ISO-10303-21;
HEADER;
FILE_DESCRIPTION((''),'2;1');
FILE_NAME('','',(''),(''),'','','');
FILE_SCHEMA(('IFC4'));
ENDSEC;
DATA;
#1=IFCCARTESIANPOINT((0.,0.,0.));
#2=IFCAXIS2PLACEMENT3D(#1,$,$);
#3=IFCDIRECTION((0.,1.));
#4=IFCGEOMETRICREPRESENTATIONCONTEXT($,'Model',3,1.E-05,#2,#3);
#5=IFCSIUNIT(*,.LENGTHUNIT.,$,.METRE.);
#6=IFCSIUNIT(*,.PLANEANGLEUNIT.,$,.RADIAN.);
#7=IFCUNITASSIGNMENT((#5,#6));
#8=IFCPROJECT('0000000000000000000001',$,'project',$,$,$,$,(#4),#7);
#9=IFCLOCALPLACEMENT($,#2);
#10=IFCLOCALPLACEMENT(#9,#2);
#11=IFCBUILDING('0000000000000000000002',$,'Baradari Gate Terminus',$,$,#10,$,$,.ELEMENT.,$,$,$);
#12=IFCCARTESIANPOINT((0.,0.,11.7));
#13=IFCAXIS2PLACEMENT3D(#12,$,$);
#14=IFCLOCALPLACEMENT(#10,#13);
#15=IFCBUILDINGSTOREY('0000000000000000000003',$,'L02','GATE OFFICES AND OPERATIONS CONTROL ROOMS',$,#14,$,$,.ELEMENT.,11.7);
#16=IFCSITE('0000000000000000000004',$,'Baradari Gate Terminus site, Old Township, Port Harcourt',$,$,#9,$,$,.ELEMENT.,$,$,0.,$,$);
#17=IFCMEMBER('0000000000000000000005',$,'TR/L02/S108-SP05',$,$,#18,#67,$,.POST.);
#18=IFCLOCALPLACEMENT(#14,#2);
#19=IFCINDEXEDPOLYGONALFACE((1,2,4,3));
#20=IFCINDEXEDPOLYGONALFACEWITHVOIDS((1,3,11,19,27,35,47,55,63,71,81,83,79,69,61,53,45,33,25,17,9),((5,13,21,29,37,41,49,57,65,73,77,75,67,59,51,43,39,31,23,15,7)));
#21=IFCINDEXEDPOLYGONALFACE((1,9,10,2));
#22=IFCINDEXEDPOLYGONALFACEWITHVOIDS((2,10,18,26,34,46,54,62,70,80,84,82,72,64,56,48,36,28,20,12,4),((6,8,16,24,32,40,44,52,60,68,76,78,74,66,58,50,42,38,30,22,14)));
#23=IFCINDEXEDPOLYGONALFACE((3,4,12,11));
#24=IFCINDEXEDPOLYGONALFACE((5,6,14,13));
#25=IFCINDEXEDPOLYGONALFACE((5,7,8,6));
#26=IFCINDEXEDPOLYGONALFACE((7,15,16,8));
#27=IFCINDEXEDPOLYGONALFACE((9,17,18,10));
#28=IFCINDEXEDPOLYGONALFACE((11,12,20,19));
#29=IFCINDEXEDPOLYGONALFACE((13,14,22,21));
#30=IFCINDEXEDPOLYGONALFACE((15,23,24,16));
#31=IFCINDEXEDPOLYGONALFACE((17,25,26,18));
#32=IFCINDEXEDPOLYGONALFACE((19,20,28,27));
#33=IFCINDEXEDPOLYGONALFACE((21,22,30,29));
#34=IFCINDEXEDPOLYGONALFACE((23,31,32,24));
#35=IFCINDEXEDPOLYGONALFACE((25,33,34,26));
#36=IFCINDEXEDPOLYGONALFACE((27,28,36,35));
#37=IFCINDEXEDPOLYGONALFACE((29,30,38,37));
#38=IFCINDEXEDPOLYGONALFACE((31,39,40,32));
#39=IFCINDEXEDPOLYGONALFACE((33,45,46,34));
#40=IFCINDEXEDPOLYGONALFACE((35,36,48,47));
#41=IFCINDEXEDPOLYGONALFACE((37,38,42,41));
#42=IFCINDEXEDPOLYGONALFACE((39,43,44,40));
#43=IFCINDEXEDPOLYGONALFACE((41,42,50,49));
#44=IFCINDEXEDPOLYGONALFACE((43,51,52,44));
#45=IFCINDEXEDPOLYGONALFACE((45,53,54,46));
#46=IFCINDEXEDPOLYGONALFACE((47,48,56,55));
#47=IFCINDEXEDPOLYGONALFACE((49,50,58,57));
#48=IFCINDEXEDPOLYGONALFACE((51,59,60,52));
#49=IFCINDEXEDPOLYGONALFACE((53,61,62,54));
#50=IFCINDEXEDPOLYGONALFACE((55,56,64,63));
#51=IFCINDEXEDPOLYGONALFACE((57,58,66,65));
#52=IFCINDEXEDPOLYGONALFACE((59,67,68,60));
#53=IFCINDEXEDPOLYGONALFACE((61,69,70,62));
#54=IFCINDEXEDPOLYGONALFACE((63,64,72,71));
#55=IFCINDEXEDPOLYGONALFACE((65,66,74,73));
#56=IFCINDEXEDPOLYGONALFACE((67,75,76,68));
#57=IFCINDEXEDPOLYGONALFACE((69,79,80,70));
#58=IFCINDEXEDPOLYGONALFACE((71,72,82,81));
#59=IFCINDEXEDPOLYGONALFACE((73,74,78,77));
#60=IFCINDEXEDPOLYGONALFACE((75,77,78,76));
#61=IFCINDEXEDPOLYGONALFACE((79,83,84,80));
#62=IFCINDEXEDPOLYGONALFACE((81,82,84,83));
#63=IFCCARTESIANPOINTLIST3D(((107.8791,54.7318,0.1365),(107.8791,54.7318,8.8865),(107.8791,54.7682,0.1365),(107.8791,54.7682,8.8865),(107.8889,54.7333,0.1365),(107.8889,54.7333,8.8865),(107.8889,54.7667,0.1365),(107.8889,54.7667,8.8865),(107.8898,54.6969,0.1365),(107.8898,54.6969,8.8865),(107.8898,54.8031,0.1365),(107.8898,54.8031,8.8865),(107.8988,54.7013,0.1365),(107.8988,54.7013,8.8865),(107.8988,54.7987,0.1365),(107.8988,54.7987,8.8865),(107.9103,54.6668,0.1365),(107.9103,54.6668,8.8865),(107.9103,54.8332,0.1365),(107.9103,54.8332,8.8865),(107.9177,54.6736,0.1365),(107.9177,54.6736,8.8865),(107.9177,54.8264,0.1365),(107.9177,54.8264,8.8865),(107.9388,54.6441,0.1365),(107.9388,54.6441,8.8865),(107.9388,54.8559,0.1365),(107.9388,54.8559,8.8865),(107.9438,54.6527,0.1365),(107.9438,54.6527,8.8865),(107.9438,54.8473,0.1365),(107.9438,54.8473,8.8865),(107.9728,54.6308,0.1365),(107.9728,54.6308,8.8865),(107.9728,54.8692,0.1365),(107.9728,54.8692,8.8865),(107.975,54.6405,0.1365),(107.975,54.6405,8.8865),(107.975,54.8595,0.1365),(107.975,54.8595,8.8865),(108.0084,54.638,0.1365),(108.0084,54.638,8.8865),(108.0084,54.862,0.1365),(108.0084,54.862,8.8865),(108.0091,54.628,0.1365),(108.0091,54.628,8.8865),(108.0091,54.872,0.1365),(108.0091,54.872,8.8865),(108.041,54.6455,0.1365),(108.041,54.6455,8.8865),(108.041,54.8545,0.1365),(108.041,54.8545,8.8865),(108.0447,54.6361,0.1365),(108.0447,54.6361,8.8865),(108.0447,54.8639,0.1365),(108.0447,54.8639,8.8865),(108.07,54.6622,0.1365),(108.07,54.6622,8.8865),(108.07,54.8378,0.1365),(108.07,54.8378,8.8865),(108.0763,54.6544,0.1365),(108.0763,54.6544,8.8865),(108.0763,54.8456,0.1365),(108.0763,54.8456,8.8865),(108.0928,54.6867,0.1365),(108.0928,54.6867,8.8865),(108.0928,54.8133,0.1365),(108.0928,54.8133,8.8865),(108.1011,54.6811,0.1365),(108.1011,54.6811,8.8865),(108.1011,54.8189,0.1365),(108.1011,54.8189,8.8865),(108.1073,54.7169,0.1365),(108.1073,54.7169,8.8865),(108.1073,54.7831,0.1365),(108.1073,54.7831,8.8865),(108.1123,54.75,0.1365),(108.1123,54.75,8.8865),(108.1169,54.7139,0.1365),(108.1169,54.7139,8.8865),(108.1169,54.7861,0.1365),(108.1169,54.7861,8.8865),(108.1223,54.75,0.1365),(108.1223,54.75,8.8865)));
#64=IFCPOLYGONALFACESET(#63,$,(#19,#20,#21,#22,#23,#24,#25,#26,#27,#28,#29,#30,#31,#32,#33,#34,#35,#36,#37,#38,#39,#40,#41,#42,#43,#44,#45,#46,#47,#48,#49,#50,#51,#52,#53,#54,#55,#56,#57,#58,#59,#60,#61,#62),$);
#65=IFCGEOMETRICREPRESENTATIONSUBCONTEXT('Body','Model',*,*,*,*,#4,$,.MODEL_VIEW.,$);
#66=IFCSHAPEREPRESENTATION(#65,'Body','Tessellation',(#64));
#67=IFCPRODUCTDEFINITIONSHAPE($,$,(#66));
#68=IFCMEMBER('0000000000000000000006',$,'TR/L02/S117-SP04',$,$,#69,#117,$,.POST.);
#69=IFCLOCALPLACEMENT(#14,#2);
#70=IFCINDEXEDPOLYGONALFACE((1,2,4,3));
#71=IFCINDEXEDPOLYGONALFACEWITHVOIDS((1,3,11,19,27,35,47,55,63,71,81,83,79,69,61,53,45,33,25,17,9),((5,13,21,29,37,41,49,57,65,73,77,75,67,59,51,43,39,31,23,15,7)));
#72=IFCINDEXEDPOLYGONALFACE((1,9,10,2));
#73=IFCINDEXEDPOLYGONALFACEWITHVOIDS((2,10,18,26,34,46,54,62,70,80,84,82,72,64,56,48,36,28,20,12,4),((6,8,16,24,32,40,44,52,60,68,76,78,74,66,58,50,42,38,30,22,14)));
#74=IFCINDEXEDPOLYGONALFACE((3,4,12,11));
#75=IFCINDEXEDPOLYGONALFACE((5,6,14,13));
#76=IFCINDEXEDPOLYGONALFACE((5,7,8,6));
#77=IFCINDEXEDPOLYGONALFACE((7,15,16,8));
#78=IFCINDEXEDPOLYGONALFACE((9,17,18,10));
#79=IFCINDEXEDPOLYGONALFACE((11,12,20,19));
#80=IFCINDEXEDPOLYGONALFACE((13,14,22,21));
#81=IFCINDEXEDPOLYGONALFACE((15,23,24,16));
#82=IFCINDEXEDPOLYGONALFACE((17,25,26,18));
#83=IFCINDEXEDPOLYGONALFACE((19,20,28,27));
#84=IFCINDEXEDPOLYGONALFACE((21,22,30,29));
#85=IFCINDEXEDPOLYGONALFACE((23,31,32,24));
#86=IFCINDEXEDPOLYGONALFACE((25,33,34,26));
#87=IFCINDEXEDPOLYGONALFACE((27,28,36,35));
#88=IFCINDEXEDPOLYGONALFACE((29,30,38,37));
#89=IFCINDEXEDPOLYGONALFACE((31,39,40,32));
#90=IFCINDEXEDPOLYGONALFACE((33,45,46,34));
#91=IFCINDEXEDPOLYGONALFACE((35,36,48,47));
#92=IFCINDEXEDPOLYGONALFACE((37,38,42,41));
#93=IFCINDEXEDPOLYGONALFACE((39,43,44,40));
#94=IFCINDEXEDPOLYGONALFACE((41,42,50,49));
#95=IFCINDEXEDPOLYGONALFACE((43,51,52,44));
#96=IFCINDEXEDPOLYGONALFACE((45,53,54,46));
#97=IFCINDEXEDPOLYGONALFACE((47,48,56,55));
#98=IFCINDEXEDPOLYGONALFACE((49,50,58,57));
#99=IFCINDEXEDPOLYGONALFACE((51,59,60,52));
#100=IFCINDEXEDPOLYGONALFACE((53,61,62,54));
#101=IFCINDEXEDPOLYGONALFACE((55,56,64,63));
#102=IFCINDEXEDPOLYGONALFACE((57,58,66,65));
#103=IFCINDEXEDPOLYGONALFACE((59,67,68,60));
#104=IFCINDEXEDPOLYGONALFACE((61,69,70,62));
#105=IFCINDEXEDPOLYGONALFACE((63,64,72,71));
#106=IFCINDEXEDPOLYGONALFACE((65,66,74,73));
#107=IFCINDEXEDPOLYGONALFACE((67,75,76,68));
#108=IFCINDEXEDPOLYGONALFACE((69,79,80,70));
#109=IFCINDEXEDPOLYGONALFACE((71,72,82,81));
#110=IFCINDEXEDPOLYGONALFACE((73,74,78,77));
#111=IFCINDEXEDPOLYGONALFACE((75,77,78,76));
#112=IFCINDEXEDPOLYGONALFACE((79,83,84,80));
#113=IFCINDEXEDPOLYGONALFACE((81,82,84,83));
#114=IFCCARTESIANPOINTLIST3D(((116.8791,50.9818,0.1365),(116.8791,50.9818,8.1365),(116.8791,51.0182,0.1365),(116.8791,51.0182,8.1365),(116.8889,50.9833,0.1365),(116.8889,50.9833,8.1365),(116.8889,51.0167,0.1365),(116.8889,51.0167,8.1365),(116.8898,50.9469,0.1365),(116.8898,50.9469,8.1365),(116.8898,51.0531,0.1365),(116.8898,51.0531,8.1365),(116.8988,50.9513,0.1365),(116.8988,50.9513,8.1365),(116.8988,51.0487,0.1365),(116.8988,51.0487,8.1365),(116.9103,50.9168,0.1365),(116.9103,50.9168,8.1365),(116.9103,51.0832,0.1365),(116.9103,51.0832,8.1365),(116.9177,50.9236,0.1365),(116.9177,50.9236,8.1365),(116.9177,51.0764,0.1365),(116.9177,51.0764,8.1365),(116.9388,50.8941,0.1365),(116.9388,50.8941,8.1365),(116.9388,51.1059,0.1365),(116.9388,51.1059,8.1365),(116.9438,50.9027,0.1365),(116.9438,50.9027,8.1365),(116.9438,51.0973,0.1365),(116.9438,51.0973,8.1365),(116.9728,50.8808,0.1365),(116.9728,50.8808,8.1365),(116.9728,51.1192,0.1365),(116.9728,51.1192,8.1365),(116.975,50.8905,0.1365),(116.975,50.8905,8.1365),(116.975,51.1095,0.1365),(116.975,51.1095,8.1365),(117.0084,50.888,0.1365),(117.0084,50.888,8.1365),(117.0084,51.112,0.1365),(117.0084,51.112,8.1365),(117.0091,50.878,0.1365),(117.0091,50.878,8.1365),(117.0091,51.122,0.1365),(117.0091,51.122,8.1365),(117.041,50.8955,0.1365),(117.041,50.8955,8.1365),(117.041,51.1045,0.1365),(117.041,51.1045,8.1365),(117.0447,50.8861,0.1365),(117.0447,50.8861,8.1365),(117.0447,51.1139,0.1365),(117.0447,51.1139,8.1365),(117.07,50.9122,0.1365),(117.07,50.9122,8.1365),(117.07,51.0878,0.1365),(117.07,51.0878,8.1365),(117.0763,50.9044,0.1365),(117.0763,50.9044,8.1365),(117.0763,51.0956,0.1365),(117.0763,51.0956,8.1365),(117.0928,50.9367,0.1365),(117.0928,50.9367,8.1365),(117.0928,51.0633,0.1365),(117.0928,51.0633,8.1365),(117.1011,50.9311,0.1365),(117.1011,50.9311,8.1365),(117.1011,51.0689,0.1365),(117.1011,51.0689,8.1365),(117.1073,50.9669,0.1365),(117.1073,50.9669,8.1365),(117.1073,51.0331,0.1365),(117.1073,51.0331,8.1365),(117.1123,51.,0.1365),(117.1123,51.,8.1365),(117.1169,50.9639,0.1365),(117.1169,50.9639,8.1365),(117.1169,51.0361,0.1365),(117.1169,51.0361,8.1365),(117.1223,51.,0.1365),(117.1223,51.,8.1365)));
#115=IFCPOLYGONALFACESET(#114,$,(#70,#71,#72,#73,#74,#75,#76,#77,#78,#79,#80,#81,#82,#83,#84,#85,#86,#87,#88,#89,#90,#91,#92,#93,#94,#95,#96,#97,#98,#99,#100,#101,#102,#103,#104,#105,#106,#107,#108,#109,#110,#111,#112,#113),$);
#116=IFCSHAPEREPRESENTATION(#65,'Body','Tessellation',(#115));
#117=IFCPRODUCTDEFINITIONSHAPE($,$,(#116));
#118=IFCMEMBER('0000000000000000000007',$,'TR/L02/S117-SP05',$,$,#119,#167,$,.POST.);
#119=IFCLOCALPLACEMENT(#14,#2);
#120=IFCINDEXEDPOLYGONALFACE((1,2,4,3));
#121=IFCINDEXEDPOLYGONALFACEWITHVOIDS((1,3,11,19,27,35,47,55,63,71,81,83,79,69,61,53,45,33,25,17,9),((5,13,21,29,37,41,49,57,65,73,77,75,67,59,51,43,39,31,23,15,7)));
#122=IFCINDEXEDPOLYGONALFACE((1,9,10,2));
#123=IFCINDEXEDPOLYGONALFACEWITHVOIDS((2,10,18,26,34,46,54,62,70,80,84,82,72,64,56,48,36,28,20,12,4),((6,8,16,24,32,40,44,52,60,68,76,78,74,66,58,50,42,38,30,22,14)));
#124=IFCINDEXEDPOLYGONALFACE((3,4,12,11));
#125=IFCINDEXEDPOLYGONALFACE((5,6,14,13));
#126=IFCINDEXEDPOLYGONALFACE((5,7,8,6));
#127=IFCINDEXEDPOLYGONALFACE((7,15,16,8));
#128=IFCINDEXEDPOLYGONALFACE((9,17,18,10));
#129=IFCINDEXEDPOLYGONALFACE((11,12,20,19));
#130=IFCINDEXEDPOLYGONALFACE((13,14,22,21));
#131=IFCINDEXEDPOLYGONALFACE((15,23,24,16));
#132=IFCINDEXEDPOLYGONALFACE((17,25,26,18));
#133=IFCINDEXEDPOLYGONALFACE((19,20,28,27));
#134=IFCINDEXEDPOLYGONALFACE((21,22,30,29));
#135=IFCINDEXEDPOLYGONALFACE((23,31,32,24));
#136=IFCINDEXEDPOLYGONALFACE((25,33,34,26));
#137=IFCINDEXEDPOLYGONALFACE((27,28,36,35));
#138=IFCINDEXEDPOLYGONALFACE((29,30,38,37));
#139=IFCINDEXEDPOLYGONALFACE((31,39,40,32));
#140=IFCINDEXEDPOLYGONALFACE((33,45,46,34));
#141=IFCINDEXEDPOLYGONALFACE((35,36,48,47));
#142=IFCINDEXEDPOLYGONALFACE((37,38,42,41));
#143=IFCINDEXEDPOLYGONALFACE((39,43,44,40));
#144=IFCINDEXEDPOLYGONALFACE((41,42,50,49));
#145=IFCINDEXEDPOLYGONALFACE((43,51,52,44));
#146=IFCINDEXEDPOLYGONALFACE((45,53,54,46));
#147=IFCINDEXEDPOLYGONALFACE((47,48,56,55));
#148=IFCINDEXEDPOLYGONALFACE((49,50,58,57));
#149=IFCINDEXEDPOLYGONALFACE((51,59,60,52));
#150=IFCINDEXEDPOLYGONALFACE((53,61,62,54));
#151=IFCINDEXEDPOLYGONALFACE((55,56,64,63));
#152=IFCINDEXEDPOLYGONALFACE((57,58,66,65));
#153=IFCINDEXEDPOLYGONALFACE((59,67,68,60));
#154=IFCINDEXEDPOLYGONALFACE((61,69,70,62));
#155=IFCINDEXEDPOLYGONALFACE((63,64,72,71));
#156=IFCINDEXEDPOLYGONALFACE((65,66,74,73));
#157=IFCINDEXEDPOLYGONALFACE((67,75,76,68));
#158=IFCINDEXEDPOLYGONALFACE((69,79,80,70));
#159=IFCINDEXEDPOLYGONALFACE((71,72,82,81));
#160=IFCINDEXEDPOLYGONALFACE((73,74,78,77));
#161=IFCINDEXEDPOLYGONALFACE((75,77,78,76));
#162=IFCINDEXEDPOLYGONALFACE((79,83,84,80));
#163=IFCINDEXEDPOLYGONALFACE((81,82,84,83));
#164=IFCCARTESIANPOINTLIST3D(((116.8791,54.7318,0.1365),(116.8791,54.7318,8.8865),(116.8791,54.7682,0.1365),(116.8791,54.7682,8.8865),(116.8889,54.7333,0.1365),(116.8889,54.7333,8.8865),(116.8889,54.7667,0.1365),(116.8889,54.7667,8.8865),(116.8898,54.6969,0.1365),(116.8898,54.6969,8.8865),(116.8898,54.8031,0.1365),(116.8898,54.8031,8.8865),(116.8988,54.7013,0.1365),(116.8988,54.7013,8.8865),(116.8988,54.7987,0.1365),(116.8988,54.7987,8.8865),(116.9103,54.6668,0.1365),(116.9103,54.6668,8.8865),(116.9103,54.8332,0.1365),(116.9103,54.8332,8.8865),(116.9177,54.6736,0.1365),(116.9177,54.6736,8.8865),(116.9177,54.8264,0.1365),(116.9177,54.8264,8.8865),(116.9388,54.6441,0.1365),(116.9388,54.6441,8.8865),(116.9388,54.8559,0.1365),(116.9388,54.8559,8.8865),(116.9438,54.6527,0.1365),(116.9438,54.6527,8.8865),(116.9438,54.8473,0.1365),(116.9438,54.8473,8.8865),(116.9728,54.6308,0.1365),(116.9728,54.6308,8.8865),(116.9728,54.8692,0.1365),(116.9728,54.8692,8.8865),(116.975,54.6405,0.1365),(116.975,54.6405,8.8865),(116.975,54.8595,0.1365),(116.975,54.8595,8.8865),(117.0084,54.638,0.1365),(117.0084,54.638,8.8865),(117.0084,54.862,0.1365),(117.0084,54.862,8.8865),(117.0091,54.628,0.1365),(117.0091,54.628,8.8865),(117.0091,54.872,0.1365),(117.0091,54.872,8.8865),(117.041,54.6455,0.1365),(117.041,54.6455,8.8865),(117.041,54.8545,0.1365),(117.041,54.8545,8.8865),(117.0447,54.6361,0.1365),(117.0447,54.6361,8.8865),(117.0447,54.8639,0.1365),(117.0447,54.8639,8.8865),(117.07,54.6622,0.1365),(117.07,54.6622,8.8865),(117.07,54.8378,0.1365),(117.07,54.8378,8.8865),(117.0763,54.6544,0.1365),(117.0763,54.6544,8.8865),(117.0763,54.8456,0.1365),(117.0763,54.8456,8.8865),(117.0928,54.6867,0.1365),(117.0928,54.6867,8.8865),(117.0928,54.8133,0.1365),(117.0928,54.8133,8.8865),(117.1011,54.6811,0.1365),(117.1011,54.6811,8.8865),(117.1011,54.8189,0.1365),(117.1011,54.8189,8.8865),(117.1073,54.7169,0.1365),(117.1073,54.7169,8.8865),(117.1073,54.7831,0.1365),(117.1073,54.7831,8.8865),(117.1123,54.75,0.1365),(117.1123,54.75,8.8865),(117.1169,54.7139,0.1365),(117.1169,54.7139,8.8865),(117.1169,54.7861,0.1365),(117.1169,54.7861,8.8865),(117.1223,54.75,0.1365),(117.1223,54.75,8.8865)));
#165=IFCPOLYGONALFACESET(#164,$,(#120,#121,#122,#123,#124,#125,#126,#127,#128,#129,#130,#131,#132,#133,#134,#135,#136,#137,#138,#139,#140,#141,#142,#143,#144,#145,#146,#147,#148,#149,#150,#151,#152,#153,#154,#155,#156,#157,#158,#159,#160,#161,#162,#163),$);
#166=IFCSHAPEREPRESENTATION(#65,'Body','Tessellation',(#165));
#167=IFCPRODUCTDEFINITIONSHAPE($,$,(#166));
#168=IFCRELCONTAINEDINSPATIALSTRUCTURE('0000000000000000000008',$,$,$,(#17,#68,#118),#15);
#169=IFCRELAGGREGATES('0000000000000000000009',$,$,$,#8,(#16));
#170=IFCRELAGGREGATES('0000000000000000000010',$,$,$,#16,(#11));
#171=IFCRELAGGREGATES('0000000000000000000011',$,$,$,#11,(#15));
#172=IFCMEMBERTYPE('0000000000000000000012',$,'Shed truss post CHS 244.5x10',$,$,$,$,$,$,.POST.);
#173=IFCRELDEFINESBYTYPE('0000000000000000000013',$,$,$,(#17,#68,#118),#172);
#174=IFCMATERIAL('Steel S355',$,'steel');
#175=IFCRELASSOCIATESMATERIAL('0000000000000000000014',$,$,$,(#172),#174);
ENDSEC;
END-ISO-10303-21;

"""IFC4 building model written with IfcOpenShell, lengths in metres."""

from ifc_helpers import new_model, si_unit, direction, frame, origin, origin_2d, place, context, subcontext, project, spatial, hollow_circle, extrude, material, material_profile, profile_set, type_object, element, save


model = new_model("IFC4")

# Units and contexts
model_context = context("Model", 3, precision=1e-05, world=origin(), true_north=direction((0.0, 1.0)))
body_context = subcontext(model_context, "Body", "Model", "MODEL_VIEW")
ifc_project = project(units=[si_unit("LENGTHUNIT", "METRE"), si_unit("PLANEANGLEUNIT", "RADIAN")], contexts=[model_context])

# Site, building, storey
site_placement = place(None, origin())
site = spatial("IfcSite", under=ifc_project, at=site_placement, Name="Baradari Gate Terminus site, Old Township, Port Harcourt", CompositionType="ELEMENT", RefElevation=0.0)
building_placement = place(site_placement, origin())
building = spatial("IfcBuilding", under=site, at=building_placement, Name="Baradari Gate Terminus", CompositionType="ELEMENT")
storey_placement = place(building_placement, frame((0.0, 0.0, 11.7)))
storey = spatial("IfcBuildingStorey", under=building, at=storey_placement, Name="L02", Description="GATE OFFICES AND OPERATIONS CONTROL ROOMS", CompositionType="ELEMENT", Elevation=11.7)

# Members
ifc_material_1 = material(Name="Steel S355", Category="steel")
ifc_material_profile_1 = material_profile(ifc_material_1, hollow_circle(Radius=0.1223, WallThickness=0.01, at=origin_2d()), Name="CHS 244.5x10")
ifc_profile_set_1 = profile_set([ifc_material_profile_1], Name="Steel S355")
member_type_1 = type_object("IfcMemberType", Name="Shed truss post CHS 244.5x10", PredefinedType="POST", material=ifc_profile_set_1)
member_1_placement = place(storey_placement, frame((108.0, 54.75, 0.1365), z_axis=(0.0, 0.0, 1.0), x_axis=(1.0, 0.0, 0.0)))
element("IfcMember", 1, at=member_1_placement, inside=storey, type_object=member_type_1, Name="TR/L02/S108-SP05", PredefinedType="POST", context=body_context, shape_type="SweptSolid", body=[
    extrude(hollow_circle(Radius=0.1223, WallThickness=0.01, at=origin_2d()), origin(), (0.0, 0.0, 1.0), 8.75),
])
member_2_placement = place(storey_placement, frame((117.0, 51.0, 0.1365), z_axis=(0.0, 0.0, 1.0), x_axis=(1.0, 0.0, 0.0)))
element("IfcMember", 2, at=member_2_placement, inside=storey, type_object=member_type_1, Name="TR/L02/S117-SP04", PredefinedType="POST", context=body_context, shape_type="SweptSolid", body=[
    extrude(hollow_circle(Radius=0.1223, WallThickness=0.01, at=origin_2d()), origin(), (0.0, 0.0, 1.0), 8.0),
])
member_3_placement = place(storey_placement, frame((117.0, 54.75, 0.1365), z_axis=(0.0, 0.0, 1.0), x_axis=(1.0, 0.0, 0.0)))
element("IfcMember", 3, at=member_3_placement, inside=storey, type_object=member_type_1, Name="TR/L02/S117-SP05", PredefinedType="POST", context=body_context, shape_type="SweptSolid", body=[
    extrude(hollow_circle(Radius=0.1223, WallThickness=0.01, at=origin_2d()), origin(), (0.0, 0.0, 1.0), 8.75),
])

save(model, "model.ifc")
